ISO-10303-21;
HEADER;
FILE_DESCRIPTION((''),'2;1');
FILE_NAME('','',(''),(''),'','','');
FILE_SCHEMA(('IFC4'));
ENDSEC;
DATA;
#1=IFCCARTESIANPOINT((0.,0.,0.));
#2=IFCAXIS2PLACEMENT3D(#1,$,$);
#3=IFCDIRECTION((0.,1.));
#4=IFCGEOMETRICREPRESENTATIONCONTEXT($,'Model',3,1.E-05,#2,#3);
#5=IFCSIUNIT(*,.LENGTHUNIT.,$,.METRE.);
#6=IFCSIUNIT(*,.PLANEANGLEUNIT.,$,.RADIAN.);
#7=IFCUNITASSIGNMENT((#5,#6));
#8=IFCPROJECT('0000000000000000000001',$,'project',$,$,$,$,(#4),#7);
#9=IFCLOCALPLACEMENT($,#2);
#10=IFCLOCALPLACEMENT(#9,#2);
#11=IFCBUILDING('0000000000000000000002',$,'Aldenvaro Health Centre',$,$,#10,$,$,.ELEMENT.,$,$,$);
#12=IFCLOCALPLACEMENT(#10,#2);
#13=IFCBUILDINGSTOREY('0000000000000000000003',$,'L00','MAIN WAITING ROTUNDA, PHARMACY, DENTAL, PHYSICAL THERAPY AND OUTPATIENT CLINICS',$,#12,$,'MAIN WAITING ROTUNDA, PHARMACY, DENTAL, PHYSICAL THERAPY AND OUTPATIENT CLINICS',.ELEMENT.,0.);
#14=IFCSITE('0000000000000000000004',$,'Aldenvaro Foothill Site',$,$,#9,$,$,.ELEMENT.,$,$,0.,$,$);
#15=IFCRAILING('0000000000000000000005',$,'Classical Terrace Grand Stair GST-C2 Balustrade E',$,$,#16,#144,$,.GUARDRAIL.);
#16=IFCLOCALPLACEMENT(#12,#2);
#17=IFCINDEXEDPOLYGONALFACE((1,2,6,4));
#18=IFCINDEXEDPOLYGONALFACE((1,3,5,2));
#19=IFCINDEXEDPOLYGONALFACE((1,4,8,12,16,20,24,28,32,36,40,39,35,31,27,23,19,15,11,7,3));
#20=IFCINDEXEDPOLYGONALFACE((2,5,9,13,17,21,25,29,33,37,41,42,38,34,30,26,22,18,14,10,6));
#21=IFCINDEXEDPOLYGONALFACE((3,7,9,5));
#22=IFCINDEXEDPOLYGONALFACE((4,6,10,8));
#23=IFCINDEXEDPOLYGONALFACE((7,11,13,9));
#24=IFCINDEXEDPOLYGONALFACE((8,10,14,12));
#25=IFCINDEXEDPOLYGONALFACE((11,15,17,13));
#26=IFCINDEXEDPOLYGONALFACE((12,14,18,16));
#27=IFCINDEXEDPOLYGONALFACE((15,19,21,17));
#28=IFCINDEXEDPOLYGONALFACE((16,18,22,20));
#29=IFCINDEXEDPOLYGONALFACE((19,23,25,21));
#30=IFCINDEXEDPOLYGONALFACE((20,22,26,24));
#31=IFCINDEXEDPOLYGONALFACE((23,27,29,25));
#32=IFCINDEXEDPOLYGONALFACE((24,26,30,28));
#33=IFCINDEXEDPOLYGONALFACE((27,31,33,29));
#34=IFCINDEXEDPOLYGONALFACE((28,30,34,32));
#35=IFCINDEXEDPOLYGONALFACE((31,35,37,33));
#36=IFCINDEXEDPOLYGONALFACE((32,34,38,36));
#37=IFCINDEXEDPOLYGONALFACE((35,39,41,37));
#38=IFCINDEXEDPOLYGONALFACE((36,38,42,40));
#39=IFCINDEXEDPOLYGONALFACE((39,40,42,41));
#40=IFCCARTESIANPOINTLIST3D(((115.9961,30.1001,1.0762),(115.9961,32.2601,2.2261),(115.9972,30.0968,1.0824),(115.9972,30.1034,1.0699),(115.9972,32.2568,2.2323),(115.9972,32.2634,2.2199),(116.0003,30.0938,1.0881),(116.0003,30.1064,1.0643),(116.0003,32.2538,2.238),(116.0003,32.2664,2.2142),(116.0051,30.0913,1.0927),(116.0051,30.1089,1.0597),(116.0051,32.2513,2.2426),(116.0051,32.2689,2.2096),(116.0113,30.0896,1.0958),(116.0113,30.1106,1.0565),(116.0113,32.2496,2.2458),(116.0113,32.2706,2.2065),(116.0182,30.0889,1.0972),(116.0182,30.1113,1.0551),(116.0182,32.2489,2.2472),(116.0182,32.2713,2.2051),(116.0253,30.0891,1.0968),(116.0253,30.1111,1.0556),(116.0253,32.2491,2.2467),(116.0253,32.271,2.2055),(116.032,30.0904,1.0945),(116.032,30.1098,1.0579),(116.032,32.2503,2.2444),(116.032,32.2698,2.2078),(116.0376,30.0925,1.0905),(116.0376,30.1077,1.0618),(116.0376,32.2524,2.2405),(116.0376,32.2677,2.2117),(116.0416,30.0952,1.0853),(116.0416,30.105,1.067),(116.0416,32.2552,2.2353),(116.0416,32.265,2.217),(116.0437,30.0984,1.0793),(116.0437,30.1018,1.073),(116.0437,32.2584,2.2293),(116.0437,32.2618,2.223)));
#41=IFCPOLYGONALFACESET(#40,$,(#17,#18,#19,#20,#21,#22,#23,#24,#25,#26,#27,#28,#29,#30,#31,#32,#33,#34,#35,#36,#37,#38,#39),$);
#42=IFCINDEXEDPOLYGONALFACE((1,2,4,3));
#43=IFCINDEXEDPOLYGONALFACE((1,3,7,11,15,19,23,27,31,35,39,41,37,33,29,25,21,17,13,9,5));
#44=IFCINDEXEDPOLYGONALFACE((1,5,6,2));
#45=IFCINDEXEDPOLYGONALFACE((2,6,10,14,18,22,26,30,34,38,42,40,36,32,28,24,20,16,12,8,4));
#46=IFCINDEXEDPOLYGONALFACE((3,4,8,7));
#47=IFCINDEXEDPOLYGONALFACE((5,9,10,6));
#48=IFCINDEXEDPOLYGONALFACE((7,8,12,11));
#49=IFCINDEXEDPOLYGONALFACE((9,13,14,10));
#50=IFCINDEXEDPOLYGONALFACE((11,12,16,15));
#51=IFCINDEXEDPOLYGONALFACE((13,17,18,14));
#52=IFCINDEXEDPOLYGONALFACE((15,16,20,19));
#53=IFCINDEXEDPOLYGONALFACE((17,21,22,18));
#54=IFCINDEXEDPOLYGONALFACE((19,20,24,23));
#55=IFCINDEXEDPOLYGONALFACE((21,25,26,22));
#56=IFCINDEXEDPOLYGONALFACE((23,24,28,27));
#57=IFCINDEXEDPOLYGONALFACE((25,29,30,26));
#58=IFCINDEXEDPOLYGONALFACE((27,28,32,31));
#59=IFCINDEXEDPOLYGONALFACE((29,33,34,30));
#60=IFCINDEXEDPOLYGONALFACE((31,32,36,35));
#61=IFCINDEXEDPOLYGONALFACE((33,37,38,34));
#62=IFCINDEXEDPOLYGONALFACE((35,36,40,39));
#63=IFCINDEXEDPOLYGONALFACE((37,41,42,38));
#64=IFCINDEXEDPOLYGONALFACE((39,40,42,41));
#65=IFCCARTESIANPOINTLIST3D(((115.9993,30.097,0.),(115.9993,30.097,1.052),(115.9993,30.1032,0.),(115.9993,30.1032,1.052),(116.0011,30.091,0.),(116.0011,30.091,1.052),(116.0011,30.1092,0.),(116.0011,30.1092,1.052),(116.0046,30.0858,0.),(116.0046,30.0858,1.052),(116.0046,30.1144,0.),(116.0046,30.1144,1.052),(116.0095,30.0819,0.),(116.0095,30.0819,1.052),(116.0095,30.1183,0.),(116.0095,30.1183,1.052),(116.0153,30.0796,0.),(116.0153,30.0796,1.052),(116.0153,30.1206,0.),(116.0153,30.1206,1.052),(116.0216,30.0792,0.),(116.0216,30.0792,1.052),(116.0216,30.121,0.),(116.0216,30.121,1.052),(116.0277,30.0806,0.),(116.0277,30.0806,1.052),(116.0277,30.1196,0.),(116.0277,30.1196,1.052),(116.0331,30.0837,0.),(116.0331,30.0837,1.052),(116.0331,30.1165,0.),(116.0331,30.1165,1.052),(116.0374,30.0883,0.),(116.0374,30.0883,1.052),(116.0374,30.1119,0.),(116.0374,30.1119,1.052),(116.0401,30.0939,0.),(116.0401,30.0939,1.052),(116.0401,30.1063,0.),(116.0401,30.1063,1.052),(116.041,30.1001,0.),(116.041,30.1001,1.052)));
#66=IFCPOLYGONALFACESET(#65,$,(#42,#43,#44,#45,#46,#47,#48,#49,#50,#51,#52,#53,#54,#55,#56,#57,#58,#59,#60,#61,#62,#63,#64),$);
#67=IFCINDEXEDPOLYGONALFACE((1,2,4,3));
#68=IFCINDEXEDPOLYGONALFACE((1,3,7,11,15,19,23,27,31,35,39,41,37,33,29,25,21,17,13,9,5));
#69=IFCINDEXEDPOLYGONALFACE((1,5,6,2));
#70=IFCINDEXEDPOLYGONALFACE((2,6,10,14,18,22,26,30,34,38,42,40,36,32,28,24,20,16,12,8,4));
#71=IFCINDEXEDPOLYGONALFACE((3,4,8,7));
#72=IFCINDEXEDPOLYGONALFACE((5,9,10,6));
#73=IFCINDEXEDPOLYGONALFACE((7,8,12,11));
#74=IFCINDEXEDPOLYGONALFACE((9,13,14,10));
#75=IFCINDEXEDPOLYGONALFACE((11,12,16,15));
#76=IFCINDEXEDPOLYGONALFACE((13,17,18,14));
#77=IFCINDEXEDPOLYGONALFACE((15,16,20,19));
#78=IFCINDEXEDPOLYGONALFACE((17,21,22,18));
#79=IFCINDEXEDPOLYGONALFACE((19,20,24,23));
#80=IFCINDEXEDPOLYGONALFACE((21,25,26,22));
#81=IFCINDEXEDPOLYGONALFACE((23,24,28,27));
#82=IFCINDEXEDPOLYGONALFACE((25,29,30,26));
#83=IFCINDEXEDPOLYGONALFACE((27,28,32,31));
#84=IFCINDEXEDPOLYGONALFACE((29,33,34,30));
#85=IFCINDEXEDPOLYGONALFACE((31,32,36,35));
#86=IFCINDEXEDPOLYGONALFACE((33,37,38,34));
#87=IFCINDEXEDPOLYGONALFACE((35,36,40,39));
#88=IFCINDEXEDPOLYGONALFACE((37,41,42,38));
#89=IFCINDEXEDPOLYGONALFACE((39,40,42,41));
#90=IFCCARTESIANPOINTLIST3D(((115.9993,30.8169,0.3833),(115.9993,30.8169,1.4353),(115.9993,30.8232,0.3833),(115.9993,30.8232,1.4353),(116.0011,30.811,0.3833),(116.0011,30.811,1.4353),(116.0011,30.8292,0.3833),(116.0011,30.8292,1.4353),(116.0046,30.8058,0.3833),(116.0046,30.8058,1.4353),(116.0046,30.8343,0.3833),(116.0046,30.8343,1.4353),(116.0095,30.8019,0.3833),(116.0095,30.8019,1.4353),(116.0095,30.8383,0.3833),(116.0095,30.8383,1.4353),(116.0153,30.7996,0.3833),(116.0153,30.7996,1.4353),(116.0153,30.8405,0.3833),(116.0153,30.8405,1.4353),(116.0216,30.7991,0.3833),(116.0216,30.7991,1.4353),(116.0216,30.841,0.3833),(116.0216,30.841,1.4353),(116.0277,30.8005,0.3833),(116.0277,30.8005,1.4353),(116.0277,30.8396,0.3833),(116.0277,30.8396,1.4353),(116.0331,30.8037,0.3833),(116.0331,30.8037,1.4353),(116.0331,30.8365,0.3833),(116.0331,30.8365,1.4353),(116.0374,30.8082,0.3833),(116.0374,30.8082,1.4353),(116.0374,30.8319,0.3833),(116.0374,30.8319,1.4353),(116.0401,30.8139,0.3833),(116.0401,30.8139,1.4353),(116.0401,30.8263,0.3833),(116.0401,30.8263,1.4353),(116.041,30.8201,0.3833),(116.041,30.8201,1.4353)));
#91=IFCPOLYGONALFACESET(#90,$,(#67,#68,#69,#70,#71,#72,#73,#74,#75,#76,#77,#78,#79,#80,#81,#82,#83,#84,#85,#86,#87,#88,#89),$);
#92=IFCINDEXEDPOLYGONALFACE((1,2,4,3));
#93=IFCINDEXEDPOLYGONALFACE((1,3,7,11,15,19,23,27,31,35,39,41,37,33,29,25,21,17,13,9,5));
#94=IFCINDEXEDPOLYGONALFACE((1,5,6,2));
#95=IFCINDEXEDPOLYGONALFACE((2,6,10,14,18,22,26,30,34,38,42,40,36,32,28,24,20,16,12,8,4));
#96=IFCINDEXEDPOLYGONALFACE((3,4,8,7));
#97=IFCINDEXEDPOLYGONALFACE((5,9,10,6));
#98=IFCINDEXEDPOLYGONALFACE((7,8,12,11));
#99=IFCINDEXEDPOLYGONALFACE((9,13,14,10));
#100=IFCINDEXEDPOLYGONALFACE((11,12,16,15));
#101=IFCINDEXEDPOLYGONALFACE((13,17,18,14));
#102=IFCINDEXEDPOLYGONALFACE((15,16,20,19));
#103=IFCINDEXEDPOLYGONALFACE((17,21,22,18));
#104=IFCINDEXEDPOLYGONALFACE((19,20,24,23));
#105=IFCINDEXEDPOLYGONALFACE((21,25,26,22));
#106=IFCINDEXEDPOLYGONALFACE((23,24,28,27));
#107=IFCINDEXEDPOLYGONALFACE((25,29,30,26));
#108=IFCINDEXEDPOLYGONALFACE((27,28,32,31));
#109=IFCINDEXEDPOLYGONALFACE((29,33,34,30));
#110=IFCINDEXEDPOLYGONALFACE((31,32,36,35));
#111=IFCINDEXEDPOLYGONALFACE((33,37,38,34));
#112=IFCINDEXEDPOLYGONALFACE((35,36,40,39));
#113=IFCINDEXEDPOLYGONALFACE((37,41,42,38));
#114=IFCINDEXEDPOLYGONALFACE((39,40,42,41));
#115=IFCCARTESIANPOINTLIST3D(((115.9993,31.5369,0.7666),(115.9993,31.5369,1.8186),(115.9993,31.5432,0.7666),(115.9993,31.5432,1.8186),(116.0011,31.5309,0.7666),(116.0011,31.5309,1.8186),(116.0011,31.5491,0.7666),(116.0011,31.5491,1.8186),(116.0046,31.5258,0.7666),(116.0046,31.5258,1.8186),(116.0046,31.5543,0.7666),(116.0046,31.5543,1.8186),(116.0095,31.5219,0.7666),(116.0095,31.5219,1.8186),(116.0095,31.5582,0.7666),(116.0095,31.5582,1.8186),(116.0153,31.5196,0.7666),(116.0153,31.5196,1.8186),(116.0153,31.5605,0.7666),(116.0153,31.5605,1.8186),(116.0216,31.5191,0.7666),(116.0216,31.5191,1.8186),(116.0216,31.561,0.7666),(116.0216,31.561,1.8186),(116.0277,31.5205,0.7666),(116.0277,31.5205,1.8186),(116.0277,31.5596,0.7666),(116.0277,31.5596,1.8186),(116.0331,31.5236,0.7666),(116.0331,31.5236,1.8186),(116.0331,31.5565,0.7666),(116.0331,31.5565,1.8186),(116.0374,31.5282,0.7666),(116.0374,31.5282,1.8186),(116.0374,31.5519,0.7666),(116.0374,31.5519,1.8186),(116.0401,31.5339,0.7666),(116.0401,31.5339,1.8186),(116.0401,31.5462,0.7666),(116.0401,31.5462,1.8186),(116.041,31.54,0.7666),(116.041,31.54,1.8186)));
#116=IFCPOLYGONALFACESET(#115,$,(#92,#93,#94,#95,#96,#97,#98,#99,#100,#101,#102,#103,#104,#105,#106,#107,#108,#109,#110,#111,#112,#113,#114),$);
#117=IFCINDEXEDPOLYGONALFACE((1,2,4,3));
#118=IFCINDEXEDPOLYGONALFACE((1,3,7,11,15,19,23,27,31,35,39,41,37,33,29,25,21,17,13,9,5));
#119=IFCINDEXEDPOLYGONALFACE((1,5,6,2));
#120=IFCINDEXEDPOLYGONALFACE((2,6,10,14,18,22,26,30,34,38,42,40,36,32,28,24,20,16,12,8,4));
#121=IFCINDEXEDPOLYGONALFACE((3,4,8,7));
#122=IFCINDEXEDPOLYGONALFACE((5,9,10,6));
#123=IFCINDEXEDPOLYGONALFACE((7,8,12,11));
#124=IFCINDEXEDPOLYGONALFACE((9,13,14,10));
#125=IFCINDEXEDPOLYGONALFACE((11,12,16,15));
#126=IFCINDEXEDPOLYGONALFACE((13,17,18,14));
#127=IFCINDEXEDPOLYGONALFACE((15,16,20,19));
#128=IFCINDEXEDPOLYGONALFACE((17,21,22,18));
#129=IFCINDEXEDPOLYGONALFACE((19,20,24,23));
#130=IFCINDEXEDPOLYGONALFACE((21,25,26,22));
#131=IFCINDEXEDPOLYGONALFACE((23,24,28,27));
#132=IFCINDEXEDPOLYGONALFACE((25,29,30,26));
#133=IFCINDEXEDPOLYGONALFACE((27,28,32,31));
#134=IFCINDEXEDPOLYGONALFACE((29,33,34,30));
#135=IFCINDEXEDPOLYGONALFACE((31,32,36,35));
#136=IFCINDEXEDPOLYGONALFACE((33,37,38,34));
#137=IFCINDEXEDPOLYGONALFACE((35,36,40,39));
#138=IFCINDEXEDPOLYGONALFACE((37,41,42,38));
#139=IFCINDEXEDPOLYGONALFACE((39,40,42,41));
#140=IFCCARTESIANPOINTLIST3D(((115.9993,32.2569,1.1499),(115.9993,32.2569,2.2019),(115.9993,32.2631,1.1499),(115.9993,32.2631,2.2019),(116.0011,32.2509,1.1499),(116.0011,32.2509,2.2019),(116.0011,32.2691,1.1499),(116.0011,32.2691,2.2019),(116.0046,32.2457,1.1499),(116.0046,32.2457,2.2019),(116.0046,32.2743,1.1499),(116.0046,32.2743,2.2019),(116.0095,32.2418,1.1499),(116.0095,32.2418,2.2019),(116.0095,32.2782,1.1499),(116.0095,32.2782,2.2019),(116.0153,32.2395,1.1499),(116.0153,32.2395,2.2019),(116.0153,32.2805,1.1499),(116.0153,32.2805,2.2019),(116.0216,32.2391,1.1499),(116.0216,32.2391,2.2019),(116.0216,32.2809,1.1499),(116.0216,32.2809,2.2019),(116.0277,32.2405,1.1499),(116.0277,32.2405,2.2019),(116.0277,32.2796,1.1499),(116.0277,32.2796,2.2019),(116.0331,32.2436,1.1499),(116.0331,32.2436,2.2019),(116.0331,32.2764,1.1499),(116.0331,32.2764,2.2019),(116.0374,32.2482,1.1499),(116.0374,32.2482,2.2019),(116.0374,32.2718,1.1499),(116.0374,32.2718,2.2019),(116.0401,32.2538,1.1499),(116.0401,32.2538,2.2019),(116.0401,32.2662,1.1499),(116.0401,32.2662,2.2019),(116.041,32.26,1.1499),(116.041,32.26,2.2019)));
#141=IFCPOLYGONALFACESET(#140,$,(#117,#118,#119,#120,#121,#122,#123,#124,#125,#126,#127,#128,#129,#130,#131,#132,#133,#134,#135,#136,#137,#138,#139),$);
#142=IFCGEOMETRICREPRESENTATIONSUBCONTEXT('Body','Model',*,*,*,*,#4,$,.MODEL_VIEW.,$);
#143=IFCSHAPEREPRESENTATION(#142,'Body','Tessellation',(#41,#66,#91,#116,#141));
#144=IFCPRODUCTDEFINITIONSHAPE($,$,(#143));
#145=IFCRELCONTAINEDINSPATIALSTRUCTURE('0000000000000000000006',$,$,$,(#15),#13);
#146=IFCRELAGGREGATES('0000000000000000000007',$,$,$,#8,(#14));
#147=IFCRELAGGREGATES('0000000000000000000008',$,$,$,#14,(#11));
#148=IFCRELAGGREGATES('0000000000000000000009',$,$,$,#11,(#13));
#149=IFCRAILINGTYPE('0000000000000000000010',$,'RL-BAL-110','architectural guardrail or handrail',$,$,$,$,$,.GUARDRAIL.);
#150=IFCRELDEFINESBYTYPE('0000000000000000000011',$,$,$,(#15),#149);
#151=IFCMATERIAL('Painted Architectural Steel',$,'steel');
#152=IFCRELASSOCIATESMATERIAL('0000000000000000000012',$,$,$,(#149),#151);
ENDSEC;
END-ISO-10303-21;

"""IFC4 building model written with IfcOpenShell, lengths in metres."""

from ifc_helpers import new_model, si_unit, direction, frame, origin, origin_2d, place, context, subcontext, project, spatial, circle, extrude, material, type_object, element, save


model = new_model("IFC4")

# Units and contexts
model_context = context("Model", 3, precision=1e-05, world=origin(), true_north=direction((0.0, 1.0)))
body_context = subcontext(model_context, "Body", "Model", "MODEL_VIEW")
ifc_project = project(units=[si_unit("LENGTHUNIT", "METRE"), si_unit("PLANEANGLEUNIT", "RADIAN")], contexts=[model_context])

# Site, building, storey
site_placement = place(None, origin())
site = spatial("IfcSite", under=ifc_project, at=site_placement, Name="Aldenvaro Foothill Site", CompositionType="ELEMENT", RefElevation=0.0)
building_placement = place(site_placement, origin())
building = spatial("IfcBuilding", under=site, at=building_placement, Name="Aldenvaro Health Centre", CompositionType="ELEMENT")
storey_placement = place(building_placement, origin())
storey = spatial("IfcBuildingStorey", under=building, at=storey_placement, Name="L00", Description="MAIN WAITING ROTUNDA, PHARMACY, DENTAL, PHYSICAL THERAPY AND OUTPATIENT CLINICS", LongName="MAIN WAITING ROTUNDA, PHARMACY, DENTAL, PHYSICAL THERAPY AND OUTPATIENT CLINICS", CompositionType="ELEMENT", Elevation=0.0)

# Railing
ifc_material_1 = material(Name="Painted Architectural Steel", Category="steel")
railing_type_1 = type_object("IfcRailingType", Name="RL-BAL-110", Description="architectural guardrail or handrail", PredefinedType="GUARDRAIL", material=ifc_material_1)
for number, where, name in (
    (1, (116.02, 30.1001, 0.0), "Classical Terrace Grand Stair GST-C2 Balustrade E"),
):
    element("IfcRailing", number, at=place(storey_placement, frame(where)), inside=storey, type_object=railing_type_1, Name=name, PredefinedType="GUARDRAIL", context=body_context, shape_type="SweptSolid", body=[
        extrude(circle(Radius=0.0239, at=origin_2d()), frame((0.0, 0.0, 1.0762), z_axis=(0.0, 0.882701, 0.469936), x_axis=(-1.0, 0.0, 0.0)), (0.0, 0.0, 1.0), 2.447),
        extrude(circle(Radius=0.021, at=origin_2d()), origin(), (0.0, 0.0, 1.0), 1.052),
        extrude(circle(Radius=0.021, at=origin_2d()), frame((0.0, 0.72, 0.3833)), (0.0, 0.0, 1.0), 1.052),
        extrude(circle(Radius=0.021, at=origin_2d()), frame((0.0, 1.4399, 0.7666)), (0.0, 0.0, 1.0), 1.052),
        extrude(circle(Radius=0.021, at=origin_2d()), frame((0.0, 2.1599, 1.1499)), (0.0, 0.0, 1.0), 1.052),
    ])

save(model, "model.ifc")
